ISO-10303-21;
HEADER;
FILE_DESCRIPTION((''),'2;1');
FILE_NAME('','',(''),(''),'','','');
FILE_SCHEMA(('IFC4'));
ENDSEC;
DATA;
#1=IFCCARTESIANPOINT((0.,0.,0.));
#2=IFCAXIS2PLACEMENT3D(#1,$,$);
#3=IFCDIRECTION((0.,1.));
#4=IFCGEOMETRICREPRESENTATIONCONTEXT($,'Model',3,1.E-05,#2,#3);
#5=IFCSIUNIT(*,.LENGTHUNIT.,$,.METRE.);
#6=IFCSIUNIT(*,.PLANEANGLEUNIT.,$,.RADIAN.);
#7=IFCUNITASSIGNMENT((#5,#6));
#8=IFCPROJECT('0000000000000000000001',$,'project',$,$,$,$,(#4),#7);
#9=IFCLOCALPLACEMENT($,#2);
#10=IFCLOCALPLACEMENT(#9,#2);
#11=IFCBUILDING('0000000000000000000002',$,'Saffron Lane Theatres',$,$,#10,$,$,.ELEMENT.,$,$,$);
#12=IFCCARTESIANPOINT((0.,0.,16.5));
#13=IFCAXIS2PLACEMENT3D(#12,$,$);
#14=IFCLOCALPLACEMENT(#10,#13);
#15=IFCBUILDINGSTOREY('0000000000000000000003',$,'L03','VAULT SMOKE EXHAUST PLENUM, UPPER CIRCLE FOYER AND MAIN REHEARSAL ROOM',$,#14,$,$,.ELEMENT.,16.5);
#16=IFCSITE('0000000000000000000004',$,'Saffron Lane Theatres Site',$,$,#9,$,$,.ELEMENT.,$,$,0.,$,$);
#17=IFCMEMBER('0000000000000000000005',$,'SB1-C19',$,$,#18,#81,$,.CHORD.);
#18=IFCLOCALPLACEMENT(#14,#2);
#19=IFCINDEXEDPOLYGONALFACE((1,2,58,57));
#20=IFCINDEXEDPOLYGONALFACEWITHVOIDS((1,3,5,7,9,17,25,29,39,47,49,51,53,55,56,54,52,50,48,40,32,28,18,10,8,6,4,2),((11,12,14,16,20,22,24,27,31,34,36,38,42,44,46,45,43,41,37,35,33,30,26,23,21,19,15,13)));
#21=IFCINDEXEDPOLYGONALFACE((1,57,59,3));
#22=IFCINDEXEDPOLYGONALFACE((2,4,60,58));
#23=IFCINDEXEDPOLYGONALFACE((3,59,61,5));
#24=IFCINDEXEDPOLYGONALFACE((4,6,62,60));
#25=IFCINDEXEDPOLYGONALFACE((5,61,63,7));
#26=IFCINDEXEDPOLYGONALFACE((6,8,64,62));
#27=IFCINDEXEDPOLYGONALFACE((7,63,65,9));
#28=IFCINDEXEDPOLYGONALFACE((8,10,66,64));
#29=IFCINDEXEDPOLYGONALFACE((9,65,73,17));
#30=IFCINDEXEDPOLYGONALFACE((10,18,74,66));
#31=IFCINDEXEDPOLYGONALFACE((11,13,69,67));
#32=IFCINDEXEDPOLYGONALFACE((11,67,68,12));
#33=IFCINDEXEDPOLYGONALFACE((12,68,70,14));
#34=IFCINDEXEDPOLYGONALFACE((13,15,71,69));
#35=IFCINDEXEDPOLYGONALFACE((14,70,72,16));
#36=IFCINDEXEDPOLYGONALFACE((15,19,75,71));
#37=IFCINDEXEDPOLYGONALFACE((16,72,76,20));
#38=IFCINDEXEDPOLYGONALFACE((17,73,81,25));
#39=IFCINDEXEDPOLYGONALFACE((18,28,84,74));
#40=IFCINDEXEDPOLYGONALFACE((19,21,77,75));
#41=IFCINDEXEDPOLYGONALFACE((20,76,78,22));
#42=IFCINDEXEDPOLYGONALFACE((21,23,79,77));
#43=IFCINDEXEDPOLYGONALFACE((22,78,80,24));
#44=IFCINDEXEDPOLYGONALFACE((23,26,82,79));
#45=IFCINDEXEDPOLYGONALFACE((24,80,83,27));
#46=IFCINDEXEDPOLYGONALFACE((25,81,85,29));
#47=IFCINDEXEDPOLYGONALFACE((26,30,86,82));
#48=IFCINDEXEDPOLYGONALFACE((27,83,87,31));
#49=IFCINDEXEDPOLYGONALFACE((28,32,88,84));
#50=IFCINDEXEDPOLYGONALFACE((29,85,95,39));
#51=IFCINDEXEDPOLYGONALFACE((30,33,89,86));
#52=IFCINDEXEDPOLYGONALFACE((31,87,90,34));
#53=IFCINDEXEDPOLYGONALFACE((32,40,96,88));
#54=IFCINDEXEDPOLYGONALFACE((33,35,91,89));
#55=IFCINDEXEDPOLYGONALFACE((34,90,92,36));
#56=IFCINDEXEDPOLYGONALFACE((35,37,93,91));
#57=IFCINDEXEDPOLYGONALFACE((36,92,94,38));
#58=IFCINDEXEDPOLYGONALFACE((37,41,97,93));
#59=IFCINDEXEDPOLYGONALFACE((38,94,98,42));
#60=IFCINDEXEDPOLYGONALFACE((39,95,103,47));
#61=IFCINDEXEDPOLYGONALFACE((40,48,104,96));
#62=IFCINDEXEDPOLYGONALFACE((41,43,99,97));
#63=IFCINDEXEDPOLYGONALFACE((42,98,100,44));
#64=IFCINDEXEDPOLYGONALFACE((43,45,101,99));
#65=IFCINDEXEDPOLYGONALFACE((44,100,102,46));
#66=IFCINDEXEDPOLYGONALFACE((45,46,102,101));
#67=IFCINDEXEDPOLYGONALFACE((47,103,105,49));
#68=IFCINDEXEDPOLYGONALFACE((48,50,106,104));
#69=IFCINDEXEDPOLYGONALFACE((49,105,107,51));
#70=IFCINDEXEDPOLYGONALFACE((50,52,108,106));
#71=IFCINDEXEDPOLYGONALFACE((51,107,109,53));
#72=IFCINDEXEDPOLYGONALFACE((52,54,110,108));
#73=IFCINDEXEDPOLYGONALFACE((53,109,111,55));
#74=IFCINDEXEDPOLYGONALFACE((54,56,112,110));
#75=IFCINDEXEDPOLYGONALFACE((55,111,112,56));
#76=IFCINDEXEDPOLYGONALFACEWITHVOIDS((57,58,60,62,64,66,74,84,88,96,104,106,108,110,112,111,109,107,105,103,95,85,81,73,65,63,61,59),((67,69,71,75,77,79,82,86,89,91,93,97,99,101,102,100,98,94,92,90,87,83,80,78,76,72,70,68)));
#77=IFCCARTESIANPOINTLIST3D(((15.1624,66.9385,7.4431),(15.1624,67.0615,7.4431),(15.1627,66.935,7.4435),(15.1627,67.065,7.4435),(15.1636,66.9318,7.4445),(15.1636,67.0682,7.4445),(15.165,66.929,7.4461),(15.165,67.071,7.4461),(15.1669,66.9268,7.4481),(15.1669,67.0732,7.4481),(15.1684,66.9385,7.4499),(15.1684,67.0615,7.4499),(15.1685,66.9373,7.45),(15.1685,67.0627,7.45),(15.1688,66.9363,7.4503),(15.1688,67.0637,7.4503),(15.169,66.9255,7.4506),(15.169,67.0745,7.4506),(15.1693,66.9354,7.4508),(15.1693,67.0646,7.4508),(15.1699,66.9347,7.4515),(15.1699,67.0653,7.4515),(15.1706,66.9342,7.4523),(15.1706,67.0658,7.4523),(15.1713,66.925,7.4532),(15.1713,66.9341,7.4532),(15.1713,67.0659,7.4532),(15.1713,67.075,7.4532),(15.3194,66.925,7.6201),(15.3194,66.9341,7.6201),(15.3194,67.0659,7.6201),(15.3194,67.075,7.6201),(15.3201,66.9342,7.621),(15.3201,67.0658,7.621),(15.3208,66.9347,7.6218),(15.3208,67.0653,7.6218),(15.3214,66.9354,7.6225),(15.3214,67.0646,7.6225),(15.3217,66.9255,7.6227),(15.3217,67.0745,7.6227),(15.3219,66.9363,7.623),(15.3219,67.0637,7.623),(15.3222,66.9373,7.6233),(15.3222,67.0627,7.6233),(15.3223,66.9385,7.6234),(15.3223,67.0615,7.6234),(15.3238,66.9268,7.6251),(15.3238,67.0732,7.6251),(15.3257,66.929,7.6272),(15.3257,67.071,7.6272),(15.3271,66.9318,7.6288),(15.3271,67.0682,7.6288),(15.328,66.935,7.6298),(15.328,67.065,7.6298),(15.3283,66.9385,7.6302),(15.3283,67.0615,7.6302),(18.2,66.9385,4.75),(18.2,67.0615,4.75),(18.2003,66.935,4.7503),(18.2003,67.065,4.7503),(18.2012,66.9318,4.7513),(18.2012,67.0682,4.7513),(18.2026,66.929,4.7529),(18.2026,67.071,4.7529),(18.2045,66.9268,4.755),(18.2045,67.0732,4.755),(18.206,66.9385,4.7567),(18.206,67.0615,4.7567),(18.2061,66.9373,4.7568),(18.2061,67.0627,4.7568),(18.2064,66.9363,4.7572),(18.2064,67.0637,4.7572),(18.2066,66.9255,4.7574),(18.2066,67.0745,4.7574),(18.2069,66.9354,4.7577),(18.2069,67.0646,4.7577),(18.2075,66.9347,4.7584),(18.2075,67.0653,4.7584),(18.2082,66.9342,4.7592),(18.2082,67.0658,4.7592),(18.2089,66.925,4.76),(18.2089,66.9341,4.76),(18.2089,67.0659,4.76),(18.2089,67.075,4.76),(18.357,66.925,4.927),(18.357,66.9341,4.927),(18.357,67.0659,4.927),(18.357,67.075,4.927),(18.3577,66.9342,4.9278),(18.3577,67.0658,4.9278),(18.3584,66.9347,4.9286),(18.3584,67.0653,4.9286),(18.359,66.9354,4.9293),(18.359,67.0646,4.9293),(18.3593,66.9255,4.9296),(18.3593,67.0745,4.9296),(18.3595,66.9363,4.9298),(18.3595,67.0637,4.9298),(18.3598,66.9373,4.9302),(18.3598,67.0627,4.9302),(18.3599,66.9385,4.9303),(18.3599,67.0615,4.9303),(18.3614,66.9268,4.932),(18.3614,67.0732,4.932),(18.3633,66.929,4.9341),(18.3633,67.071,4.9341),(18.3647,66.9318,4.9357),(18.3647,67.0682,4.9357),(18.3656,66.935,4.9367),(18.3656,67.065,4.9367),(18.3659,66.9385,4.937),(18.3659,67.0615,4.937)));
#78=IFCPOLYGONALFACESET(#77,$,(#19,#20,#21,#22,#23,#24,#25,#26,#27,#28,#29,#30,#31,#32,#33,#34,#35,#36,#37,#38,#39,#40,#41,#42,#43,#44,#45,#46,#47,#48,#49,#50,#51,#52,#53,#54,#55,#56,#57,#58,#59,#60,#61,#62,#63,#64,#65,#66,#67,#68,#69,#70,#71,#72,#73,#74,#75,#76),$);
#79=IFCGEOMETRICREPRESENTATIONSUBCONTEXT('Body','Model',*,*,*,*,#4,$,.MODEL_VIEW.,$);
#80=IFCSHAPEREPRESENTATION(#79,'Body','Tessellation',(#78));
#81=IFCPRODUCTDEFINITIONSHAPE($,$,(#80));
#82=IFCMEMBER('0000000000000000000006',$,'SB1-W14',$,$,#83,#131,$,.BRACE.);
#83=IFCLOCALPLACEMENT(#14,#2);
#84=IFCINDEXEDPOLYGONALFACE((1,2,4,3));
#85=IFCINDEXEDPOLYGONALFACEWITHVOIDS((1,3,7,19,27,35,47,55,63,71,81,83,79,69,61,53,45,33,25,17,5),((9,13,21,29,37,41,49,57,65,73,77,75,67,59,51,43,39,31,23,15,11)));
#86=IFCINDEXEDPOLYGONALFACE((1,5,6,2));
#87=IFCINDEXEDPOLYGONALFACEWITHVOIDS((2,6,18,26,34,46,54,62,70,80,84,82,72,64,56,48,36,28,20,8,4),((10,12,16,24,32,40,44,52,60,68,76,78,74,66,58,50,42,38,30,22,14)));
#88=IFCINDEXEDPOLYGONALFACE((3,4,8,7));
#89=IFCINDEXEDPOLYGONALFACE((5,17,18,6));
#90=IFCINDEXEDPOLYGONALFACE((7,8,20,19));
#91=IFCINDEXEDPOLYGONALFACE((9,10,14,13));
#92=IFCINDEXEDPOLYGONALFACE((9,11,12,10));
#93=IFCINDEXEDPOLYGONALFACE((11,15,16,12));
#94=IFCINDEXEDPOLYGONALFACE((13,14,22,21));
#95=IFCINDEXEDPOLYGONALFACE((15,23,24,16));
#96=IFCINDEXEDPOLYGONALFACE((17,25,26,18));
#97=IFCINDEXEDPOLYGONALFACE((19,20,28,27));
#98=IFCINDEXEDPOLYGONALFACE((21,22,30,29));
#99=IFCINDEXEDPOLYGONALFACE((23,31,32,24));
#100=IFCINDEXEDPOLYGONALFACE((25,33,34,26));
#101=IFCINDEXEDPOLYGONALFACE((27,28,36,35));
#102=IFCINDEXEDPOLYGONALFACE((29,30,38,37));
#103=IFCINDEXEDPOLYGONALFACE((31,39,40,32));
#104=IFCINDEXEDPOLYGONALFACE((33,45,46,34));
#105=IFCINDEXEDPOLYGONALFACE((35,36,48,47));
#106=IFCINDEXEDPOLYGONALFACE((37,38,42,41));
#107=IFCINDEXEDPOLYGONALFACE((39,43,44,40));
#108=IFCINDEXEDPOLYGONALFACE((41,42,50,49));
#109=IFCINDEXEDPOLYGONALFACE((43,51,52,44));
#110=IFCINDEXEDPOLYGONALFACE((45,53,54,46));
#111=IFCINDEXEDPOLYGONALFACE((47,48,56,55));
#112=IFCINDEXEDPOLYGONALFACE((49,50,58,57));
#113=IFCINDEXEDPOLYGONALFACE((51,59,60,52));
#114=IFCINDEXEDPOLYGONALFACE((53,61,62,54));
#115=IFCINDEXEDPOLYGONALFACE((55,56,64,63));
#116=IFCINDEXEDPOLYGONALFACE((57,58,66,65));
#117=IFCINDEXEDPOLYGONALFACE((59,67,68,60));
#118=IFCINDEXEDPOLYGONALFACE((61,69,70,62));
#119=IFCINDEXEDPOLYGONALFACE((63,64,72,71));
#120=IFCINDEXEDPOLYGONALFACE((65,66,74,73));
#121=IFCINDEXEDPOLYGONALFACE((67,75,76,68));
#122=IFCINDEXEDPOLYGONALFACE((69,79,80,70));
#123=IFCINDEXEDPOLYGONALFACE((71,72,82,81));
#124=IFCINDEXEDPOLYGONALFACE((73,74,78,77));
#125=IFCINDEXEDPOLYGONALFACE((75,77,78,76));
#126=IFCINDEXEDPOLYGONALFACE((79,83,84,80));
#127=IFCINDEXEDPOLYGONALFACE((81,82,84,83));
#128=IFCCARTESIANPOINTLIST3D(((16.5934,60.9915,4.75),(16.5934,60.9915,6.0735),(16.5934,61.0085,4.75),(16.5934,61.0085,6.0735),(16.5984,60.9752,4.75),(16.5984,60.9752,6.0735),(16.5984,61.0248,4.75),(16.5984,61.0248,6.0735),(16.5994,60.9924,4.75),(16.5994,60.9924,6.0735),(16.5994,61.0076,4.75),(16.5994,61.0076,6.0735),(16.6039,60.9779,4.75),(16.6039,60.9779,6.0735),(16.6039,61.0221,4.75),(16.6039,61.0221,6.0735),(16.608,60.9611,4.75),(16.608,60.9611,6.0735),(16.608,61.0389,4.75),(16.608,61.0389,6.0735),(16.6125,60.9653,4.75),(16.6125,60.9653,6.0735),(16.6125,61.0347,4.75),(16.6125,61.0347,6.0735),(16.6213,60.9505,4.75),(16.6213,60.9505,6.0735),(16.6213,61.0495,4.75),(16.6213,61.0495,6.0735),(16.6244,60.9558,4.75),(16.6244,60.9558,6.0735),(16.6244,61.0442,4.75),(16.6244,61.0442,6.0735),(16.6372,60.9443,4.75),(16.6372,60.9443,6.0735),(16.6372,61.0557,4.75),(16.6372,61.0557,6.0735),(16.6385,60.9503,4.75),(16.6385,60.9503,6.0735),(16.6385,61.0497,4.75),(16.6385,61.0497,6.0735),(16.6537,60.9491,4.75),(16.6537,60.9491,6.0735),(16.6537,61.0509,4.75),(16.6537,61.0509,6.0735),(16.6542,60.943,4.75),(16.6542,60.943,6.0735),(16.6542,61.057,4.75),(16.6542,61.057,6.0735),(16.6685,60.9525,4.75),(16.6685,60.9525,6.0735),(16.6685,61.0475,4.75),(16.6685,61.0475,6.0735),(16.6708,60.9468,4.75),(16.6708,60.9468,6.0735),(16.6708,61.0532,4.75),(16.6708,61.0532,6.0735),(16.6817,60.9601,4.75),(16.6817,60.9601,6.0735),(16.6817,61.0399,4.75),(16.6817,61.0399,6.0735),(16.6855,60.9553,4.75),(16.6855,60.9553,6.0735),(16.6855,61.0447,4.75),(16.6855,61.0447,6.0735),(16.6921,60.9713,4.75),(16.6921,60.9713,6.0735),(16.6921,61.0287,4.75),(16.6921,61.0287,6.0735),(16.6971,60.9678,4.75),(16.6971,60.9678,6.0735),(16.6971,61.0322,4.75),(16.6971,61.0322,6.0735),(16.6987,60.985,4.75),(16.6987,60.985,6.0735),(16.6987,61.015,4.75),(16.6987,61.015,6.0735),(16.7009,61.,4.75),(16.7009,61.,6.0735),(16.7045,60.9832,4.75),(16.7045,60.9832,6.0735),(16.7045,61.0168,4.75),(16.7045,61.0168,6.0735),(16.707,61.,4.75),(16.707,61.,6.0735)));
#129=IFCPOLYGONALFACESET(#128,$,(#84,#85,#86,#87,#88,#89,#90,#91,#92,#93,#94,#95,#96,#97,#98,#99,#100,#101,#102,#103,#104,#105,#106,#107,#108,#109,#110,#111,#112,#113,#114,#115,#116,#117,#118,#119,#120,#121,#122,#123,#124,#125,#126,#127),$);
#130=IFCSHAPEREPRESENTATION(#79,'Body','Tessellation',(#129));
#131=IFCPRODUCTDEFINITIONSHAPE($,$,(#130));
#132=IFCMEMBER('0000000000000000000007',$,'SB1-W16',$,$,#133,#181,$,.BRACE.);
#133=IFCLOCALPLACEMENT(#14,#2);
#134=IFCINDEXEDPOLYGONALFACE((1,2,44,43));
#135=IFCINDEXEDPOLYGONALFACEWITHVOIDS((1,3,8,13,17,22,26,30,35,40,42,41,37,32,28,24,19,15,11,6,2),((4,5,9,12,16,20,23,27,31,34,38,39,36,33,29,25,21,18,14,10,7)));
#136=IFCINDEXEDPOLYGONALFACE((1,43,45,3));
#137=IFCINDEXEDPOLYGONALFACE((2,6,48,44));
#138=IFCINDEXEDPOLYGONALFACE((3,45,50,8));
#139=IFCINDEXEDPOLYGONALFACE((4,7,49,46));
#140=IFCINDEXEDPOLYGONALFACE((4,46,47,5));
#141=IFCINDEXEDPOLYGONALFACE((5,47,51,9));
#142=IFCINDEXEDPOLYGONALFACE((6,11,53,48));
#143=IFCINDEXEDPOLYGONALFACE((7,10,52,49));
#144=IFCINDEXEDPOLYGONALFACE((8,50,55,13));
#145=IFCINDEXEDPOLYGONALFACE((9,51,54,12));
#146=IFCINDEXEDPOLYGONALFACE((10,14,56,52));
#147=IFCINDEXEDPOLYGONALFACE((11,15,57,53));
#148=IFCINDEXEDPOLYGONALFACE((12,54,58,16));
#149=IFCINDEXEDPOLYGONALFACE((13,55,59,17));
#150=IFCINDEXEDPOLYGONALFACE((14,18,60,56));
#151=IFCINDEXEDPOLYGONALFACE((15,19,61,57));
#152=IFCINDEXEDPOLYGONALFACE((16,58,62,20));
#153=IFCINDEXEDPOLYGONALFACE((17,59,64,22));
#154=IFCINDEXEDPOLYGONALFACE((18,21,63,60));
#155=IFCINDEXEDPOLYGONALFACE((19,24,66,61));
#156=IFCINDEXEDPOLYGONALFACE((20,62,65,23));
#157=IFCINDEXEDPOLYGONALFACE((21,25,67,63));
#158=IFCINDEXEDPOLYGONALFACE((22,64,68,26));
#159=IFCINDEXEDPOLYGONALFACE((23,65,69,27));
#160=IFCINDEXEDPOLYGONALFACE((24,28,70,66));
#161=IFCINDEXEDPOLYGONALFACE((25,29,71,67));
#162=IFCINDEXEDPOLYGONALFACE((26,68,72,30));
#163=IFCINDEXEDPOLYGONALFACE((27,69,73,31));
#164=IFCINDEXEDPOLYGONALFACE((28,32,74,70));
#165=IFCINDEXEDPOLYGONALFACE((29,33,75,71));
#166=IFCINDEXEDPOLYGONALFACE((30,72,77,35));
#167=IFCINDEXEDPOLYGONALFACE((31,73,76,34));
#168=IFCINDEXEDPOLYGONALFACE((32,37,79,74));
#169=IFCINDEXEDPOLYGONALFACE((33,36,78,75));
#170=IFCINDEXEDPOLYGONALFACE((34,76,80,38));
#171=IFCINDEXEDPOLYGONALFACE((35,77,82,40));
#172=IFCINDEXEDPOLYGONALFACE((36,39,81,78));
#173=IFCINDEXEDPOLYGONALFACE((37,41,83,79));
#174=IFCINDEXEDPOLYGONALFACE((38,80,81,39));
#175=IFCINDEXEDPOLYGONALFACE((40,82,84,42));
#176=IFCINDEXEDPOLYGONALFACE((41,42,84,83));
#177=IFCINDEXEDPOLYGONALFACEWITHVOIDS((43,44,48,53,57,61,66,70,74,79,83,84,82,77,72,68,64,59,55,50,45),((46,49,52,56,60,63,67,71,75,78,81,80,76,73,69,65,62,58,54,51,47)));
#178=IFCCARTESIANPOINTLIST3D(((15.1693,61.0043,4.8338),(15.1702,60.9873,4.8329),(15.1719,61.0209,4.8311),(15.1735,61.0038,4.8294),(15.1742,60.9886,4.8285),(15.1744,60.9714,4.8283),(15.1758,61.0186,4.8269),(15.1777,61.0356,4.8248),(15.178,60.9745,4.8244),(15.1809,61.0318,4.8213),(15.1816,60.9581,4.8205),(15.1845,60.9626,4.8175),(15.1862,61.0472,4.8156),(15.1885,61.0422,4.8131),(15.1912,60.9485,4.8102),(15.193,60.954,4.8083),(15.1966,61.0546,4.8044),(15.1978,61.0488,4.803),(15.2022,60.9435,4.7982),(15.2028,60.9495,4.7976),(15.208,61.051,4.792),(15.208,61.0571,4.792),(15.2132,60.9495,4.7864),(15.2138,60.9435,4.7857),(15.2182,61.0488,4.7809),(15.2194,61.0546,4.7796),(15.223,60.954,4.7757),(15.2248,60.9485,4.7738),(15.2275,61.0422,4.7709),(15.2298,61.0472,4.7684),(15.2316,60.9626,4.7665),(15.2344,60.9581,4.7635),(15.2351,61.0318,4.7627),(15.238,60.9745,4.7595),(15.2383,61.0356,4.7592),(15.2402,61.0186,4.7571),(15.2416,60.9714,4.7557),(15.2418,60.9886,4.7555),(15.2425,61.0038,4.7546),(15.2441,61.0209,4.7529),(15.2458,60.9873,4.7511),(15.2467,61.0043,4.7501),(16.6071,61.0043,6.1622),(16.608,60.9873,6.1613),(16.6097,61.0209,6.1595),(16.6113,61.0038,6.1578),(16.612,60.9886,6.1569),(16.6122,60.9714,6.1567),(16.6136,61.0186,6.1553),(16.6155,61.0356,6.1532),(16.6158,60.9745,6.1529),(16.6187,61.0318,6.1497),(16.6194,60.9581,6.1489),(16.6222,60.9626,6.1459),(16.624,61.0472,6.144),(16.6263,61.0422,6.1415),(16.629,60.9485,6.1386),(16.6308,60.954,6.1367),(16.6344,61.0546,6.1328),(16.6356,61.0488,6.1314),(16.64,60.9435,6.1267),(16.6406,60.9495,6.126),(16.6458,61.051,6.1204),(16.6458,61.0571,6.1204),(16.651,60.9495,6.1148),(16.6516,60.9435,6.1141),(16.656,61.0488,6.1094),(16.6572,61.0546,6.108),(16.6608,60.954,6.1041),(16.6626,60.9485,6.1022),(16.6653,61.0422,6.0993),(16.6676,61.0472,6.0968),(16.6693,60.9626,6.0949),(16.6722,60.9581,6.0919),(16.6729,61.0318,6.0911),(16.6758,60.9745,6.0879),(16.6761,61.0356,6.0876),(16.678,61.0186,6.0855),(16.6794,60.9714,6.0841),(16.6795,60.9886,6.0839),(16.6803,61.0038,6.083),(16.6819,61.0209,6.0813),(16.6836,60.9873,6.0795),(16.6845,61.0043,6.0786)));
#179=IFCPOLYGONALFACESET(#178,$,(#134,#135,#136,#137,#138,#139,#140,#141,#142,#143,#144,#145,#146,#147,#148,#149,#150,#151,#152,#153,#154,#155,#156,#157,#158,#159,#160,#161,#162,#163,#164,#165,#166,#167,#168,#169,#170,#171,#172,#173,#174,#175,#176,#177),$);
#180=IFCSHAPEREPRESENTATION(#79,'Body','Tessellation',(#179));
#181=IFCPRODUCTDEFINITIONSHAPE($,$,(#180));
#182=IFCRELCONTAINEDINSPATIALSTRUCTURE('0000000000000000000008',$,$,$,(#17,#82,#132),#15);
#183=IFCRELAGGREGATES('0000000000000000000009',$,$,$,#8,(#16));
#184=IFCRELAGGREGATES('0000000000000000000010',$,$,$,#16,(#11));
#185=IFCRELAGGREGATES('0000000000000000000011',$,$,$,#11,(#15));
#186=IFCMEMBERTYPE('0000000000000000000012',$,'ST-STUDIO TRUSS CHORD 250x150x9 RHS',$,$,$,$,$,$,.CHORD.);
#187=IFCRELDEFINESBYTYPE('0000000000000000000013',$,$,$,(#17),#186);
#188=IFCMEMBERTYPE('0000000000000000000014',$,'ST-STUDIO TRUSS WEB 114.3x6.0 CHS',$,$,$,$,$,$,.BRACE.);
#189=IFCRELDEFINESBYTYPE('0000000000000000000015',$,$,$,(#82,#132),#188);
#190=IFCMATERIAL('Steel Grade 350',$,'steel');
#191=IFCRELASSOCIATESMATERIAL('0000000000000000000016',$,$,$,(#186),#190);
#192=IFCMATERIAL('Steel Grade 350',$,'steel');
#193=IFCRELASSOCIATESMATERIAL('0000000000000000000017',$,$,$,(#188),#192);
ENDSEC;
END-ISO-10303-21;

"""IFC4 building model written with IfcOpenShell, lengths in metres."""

from ifc_helpers import new_model, si_unit, direction, frame, origin, origin_2d, place, context, subcontext, project, spatial, hollow_rectangle, hollow_circle, extrude, material, material_profile, profile_set, type_object, element, save


model = new_model("IFC4")

# Units and contexts
model_context = context("Model", 3, precision=1e-05, world=origin(), true_north=direction((0.0, 1.0)))
body_context = subcontext(model_context, "Body", "Model", "MODEL_VIEW")
ifc_project = project(units=[si_unit("LENGTHUNIT", "METRE"), si_unit("PLANEANGLEUNIT", "RADIAN")], contexts=[model_context])

# Site, building, storey
site_placement = place(None, origin())
site = spatial("IfcSite", under=ifc_project, at=site_placement, Name="Saffron Lane Theatres Site", CompositionType="ELEMENT", RefElevation=0.0)
building_placement = place(site_placement, origin())
building = spatial("IfcBuilding", under=site, at=building_placement, Name="Saffron Lane Theatres", CompositionType="ELEMENT")
storey_placement = place(building_placement, frame((0.0, 0.0, 16.5)))
storey = spatial("IfcBuildingStorey", under=building, at=storey_placement, Name="L03", Description="VAULT SMOKE EXHAUST PLENUM, UPPER CIRCLE FOYER AND MAIN REHEARSAL ROOM", CompositionType="ELEMENT", Elevation=16.5)

# Members
ifc_material_1 = material(Name="Steel Grade 350", Category="steel")
ifc_material_profile_1 = material_profile(ifc_material_1, hollow_rectangle(XDim=0.1499, YDim=0.25, WallThickness=0.009, InnerFilletRadius=0.0044, OuterFilletRadius=0.0134, at=origin_2d()))
ifc_profile_set_1 = profile_set([ifc_material_profile_1], Name="Steel Grade 350")
member_type_1 = type_object("IfcMemberType", Name="ST-STUDIO TRUSS CHORD 250x150x9 RHS", PredefinedType="CHORD", material=ifc_profile_set_1)
for number, where, z_axis, x_axis, name in (
    (1, (18.283, 67.0, 4.8435), (-0.748261, 0.0, 0.663404), (0.0, -1.0, 0.0), "SB1-C19"),
):
    element("IfcMember", number, at=place(storey_placement, frame(where, z_axis=z_axis, x_axis=x_axis)), inside=storey, type_object=member_type_1, Name=name, PredefinedType="CHORD", context=body_context, shape_type="SweptSolid", body=[
        extrude(hollow_rectangle(XDim=0.1499, YDim=0.25, WallThickness=0.009, InnerFilletRadius=0.0044, OuterFilletRadius=0.0134, at=origin_2d()), origin(), (0.0, 0.0, 1.0), 4.0596),
    ])
ifc_material_2 = material(Name="Steel Grade 350", Category="steel")
ifc_material_profile_2 = material_profile(ifc_material_2, hollow_circle(Radius=0.0571, WallThickness=0.0061, at=origin_2d()))
ifc_profile_set_2 = profile_set([ifc_material_profile_2], Name="Steel Grade 350")
member_type_2 = type_object("IfcMemberType", Name="ST-STUDIO TRUSS WEB 114.3x6.0 CHS", PredefinedType="BRACE", material=ifc_profile_set_2)
member_1_placement = place(storey_placement, frame((16.6499, 61.0, 4.75), z_axis=(0.0, 0.0, 1.0), x_axis=(1.0, 0.0, 0.0)))
element("IfcMember", 2, at=member_1_placement, inside=storey, type_object=member_type_2, Name="SB1-W14", PredefinedType="BRACE", context=body_context, shape_type="SweptSolid", body=[
    extrude(hollow_circle(Radius=0.0571, WallThickness=0.0061, at=origin_2d()), origin(), (0.0, 0.0, 1.0), 1.3235),
])
member_2_placement = place(storey_placement, frame((15.208, 61.0, 4.792), z_axis=(0.734493, 0.0, 0.678617), x_axis=(0.0, 1.0, 0.0)))
element("IfcMember", 3, at=member_2_placement, inside=storey, type_object=member_type_2, Name="SB1-W16", PredefinedType="BRACE", context=body_context, shape_type="SweptSolid", body=[
    extrude(hollow_circle(Radius=0.0571, WallThickness=0.0061, at=origin_2d()), origin(), (0.0, 0.0, 1.0), 1.9575),
])

save(model, "model.ifc")
